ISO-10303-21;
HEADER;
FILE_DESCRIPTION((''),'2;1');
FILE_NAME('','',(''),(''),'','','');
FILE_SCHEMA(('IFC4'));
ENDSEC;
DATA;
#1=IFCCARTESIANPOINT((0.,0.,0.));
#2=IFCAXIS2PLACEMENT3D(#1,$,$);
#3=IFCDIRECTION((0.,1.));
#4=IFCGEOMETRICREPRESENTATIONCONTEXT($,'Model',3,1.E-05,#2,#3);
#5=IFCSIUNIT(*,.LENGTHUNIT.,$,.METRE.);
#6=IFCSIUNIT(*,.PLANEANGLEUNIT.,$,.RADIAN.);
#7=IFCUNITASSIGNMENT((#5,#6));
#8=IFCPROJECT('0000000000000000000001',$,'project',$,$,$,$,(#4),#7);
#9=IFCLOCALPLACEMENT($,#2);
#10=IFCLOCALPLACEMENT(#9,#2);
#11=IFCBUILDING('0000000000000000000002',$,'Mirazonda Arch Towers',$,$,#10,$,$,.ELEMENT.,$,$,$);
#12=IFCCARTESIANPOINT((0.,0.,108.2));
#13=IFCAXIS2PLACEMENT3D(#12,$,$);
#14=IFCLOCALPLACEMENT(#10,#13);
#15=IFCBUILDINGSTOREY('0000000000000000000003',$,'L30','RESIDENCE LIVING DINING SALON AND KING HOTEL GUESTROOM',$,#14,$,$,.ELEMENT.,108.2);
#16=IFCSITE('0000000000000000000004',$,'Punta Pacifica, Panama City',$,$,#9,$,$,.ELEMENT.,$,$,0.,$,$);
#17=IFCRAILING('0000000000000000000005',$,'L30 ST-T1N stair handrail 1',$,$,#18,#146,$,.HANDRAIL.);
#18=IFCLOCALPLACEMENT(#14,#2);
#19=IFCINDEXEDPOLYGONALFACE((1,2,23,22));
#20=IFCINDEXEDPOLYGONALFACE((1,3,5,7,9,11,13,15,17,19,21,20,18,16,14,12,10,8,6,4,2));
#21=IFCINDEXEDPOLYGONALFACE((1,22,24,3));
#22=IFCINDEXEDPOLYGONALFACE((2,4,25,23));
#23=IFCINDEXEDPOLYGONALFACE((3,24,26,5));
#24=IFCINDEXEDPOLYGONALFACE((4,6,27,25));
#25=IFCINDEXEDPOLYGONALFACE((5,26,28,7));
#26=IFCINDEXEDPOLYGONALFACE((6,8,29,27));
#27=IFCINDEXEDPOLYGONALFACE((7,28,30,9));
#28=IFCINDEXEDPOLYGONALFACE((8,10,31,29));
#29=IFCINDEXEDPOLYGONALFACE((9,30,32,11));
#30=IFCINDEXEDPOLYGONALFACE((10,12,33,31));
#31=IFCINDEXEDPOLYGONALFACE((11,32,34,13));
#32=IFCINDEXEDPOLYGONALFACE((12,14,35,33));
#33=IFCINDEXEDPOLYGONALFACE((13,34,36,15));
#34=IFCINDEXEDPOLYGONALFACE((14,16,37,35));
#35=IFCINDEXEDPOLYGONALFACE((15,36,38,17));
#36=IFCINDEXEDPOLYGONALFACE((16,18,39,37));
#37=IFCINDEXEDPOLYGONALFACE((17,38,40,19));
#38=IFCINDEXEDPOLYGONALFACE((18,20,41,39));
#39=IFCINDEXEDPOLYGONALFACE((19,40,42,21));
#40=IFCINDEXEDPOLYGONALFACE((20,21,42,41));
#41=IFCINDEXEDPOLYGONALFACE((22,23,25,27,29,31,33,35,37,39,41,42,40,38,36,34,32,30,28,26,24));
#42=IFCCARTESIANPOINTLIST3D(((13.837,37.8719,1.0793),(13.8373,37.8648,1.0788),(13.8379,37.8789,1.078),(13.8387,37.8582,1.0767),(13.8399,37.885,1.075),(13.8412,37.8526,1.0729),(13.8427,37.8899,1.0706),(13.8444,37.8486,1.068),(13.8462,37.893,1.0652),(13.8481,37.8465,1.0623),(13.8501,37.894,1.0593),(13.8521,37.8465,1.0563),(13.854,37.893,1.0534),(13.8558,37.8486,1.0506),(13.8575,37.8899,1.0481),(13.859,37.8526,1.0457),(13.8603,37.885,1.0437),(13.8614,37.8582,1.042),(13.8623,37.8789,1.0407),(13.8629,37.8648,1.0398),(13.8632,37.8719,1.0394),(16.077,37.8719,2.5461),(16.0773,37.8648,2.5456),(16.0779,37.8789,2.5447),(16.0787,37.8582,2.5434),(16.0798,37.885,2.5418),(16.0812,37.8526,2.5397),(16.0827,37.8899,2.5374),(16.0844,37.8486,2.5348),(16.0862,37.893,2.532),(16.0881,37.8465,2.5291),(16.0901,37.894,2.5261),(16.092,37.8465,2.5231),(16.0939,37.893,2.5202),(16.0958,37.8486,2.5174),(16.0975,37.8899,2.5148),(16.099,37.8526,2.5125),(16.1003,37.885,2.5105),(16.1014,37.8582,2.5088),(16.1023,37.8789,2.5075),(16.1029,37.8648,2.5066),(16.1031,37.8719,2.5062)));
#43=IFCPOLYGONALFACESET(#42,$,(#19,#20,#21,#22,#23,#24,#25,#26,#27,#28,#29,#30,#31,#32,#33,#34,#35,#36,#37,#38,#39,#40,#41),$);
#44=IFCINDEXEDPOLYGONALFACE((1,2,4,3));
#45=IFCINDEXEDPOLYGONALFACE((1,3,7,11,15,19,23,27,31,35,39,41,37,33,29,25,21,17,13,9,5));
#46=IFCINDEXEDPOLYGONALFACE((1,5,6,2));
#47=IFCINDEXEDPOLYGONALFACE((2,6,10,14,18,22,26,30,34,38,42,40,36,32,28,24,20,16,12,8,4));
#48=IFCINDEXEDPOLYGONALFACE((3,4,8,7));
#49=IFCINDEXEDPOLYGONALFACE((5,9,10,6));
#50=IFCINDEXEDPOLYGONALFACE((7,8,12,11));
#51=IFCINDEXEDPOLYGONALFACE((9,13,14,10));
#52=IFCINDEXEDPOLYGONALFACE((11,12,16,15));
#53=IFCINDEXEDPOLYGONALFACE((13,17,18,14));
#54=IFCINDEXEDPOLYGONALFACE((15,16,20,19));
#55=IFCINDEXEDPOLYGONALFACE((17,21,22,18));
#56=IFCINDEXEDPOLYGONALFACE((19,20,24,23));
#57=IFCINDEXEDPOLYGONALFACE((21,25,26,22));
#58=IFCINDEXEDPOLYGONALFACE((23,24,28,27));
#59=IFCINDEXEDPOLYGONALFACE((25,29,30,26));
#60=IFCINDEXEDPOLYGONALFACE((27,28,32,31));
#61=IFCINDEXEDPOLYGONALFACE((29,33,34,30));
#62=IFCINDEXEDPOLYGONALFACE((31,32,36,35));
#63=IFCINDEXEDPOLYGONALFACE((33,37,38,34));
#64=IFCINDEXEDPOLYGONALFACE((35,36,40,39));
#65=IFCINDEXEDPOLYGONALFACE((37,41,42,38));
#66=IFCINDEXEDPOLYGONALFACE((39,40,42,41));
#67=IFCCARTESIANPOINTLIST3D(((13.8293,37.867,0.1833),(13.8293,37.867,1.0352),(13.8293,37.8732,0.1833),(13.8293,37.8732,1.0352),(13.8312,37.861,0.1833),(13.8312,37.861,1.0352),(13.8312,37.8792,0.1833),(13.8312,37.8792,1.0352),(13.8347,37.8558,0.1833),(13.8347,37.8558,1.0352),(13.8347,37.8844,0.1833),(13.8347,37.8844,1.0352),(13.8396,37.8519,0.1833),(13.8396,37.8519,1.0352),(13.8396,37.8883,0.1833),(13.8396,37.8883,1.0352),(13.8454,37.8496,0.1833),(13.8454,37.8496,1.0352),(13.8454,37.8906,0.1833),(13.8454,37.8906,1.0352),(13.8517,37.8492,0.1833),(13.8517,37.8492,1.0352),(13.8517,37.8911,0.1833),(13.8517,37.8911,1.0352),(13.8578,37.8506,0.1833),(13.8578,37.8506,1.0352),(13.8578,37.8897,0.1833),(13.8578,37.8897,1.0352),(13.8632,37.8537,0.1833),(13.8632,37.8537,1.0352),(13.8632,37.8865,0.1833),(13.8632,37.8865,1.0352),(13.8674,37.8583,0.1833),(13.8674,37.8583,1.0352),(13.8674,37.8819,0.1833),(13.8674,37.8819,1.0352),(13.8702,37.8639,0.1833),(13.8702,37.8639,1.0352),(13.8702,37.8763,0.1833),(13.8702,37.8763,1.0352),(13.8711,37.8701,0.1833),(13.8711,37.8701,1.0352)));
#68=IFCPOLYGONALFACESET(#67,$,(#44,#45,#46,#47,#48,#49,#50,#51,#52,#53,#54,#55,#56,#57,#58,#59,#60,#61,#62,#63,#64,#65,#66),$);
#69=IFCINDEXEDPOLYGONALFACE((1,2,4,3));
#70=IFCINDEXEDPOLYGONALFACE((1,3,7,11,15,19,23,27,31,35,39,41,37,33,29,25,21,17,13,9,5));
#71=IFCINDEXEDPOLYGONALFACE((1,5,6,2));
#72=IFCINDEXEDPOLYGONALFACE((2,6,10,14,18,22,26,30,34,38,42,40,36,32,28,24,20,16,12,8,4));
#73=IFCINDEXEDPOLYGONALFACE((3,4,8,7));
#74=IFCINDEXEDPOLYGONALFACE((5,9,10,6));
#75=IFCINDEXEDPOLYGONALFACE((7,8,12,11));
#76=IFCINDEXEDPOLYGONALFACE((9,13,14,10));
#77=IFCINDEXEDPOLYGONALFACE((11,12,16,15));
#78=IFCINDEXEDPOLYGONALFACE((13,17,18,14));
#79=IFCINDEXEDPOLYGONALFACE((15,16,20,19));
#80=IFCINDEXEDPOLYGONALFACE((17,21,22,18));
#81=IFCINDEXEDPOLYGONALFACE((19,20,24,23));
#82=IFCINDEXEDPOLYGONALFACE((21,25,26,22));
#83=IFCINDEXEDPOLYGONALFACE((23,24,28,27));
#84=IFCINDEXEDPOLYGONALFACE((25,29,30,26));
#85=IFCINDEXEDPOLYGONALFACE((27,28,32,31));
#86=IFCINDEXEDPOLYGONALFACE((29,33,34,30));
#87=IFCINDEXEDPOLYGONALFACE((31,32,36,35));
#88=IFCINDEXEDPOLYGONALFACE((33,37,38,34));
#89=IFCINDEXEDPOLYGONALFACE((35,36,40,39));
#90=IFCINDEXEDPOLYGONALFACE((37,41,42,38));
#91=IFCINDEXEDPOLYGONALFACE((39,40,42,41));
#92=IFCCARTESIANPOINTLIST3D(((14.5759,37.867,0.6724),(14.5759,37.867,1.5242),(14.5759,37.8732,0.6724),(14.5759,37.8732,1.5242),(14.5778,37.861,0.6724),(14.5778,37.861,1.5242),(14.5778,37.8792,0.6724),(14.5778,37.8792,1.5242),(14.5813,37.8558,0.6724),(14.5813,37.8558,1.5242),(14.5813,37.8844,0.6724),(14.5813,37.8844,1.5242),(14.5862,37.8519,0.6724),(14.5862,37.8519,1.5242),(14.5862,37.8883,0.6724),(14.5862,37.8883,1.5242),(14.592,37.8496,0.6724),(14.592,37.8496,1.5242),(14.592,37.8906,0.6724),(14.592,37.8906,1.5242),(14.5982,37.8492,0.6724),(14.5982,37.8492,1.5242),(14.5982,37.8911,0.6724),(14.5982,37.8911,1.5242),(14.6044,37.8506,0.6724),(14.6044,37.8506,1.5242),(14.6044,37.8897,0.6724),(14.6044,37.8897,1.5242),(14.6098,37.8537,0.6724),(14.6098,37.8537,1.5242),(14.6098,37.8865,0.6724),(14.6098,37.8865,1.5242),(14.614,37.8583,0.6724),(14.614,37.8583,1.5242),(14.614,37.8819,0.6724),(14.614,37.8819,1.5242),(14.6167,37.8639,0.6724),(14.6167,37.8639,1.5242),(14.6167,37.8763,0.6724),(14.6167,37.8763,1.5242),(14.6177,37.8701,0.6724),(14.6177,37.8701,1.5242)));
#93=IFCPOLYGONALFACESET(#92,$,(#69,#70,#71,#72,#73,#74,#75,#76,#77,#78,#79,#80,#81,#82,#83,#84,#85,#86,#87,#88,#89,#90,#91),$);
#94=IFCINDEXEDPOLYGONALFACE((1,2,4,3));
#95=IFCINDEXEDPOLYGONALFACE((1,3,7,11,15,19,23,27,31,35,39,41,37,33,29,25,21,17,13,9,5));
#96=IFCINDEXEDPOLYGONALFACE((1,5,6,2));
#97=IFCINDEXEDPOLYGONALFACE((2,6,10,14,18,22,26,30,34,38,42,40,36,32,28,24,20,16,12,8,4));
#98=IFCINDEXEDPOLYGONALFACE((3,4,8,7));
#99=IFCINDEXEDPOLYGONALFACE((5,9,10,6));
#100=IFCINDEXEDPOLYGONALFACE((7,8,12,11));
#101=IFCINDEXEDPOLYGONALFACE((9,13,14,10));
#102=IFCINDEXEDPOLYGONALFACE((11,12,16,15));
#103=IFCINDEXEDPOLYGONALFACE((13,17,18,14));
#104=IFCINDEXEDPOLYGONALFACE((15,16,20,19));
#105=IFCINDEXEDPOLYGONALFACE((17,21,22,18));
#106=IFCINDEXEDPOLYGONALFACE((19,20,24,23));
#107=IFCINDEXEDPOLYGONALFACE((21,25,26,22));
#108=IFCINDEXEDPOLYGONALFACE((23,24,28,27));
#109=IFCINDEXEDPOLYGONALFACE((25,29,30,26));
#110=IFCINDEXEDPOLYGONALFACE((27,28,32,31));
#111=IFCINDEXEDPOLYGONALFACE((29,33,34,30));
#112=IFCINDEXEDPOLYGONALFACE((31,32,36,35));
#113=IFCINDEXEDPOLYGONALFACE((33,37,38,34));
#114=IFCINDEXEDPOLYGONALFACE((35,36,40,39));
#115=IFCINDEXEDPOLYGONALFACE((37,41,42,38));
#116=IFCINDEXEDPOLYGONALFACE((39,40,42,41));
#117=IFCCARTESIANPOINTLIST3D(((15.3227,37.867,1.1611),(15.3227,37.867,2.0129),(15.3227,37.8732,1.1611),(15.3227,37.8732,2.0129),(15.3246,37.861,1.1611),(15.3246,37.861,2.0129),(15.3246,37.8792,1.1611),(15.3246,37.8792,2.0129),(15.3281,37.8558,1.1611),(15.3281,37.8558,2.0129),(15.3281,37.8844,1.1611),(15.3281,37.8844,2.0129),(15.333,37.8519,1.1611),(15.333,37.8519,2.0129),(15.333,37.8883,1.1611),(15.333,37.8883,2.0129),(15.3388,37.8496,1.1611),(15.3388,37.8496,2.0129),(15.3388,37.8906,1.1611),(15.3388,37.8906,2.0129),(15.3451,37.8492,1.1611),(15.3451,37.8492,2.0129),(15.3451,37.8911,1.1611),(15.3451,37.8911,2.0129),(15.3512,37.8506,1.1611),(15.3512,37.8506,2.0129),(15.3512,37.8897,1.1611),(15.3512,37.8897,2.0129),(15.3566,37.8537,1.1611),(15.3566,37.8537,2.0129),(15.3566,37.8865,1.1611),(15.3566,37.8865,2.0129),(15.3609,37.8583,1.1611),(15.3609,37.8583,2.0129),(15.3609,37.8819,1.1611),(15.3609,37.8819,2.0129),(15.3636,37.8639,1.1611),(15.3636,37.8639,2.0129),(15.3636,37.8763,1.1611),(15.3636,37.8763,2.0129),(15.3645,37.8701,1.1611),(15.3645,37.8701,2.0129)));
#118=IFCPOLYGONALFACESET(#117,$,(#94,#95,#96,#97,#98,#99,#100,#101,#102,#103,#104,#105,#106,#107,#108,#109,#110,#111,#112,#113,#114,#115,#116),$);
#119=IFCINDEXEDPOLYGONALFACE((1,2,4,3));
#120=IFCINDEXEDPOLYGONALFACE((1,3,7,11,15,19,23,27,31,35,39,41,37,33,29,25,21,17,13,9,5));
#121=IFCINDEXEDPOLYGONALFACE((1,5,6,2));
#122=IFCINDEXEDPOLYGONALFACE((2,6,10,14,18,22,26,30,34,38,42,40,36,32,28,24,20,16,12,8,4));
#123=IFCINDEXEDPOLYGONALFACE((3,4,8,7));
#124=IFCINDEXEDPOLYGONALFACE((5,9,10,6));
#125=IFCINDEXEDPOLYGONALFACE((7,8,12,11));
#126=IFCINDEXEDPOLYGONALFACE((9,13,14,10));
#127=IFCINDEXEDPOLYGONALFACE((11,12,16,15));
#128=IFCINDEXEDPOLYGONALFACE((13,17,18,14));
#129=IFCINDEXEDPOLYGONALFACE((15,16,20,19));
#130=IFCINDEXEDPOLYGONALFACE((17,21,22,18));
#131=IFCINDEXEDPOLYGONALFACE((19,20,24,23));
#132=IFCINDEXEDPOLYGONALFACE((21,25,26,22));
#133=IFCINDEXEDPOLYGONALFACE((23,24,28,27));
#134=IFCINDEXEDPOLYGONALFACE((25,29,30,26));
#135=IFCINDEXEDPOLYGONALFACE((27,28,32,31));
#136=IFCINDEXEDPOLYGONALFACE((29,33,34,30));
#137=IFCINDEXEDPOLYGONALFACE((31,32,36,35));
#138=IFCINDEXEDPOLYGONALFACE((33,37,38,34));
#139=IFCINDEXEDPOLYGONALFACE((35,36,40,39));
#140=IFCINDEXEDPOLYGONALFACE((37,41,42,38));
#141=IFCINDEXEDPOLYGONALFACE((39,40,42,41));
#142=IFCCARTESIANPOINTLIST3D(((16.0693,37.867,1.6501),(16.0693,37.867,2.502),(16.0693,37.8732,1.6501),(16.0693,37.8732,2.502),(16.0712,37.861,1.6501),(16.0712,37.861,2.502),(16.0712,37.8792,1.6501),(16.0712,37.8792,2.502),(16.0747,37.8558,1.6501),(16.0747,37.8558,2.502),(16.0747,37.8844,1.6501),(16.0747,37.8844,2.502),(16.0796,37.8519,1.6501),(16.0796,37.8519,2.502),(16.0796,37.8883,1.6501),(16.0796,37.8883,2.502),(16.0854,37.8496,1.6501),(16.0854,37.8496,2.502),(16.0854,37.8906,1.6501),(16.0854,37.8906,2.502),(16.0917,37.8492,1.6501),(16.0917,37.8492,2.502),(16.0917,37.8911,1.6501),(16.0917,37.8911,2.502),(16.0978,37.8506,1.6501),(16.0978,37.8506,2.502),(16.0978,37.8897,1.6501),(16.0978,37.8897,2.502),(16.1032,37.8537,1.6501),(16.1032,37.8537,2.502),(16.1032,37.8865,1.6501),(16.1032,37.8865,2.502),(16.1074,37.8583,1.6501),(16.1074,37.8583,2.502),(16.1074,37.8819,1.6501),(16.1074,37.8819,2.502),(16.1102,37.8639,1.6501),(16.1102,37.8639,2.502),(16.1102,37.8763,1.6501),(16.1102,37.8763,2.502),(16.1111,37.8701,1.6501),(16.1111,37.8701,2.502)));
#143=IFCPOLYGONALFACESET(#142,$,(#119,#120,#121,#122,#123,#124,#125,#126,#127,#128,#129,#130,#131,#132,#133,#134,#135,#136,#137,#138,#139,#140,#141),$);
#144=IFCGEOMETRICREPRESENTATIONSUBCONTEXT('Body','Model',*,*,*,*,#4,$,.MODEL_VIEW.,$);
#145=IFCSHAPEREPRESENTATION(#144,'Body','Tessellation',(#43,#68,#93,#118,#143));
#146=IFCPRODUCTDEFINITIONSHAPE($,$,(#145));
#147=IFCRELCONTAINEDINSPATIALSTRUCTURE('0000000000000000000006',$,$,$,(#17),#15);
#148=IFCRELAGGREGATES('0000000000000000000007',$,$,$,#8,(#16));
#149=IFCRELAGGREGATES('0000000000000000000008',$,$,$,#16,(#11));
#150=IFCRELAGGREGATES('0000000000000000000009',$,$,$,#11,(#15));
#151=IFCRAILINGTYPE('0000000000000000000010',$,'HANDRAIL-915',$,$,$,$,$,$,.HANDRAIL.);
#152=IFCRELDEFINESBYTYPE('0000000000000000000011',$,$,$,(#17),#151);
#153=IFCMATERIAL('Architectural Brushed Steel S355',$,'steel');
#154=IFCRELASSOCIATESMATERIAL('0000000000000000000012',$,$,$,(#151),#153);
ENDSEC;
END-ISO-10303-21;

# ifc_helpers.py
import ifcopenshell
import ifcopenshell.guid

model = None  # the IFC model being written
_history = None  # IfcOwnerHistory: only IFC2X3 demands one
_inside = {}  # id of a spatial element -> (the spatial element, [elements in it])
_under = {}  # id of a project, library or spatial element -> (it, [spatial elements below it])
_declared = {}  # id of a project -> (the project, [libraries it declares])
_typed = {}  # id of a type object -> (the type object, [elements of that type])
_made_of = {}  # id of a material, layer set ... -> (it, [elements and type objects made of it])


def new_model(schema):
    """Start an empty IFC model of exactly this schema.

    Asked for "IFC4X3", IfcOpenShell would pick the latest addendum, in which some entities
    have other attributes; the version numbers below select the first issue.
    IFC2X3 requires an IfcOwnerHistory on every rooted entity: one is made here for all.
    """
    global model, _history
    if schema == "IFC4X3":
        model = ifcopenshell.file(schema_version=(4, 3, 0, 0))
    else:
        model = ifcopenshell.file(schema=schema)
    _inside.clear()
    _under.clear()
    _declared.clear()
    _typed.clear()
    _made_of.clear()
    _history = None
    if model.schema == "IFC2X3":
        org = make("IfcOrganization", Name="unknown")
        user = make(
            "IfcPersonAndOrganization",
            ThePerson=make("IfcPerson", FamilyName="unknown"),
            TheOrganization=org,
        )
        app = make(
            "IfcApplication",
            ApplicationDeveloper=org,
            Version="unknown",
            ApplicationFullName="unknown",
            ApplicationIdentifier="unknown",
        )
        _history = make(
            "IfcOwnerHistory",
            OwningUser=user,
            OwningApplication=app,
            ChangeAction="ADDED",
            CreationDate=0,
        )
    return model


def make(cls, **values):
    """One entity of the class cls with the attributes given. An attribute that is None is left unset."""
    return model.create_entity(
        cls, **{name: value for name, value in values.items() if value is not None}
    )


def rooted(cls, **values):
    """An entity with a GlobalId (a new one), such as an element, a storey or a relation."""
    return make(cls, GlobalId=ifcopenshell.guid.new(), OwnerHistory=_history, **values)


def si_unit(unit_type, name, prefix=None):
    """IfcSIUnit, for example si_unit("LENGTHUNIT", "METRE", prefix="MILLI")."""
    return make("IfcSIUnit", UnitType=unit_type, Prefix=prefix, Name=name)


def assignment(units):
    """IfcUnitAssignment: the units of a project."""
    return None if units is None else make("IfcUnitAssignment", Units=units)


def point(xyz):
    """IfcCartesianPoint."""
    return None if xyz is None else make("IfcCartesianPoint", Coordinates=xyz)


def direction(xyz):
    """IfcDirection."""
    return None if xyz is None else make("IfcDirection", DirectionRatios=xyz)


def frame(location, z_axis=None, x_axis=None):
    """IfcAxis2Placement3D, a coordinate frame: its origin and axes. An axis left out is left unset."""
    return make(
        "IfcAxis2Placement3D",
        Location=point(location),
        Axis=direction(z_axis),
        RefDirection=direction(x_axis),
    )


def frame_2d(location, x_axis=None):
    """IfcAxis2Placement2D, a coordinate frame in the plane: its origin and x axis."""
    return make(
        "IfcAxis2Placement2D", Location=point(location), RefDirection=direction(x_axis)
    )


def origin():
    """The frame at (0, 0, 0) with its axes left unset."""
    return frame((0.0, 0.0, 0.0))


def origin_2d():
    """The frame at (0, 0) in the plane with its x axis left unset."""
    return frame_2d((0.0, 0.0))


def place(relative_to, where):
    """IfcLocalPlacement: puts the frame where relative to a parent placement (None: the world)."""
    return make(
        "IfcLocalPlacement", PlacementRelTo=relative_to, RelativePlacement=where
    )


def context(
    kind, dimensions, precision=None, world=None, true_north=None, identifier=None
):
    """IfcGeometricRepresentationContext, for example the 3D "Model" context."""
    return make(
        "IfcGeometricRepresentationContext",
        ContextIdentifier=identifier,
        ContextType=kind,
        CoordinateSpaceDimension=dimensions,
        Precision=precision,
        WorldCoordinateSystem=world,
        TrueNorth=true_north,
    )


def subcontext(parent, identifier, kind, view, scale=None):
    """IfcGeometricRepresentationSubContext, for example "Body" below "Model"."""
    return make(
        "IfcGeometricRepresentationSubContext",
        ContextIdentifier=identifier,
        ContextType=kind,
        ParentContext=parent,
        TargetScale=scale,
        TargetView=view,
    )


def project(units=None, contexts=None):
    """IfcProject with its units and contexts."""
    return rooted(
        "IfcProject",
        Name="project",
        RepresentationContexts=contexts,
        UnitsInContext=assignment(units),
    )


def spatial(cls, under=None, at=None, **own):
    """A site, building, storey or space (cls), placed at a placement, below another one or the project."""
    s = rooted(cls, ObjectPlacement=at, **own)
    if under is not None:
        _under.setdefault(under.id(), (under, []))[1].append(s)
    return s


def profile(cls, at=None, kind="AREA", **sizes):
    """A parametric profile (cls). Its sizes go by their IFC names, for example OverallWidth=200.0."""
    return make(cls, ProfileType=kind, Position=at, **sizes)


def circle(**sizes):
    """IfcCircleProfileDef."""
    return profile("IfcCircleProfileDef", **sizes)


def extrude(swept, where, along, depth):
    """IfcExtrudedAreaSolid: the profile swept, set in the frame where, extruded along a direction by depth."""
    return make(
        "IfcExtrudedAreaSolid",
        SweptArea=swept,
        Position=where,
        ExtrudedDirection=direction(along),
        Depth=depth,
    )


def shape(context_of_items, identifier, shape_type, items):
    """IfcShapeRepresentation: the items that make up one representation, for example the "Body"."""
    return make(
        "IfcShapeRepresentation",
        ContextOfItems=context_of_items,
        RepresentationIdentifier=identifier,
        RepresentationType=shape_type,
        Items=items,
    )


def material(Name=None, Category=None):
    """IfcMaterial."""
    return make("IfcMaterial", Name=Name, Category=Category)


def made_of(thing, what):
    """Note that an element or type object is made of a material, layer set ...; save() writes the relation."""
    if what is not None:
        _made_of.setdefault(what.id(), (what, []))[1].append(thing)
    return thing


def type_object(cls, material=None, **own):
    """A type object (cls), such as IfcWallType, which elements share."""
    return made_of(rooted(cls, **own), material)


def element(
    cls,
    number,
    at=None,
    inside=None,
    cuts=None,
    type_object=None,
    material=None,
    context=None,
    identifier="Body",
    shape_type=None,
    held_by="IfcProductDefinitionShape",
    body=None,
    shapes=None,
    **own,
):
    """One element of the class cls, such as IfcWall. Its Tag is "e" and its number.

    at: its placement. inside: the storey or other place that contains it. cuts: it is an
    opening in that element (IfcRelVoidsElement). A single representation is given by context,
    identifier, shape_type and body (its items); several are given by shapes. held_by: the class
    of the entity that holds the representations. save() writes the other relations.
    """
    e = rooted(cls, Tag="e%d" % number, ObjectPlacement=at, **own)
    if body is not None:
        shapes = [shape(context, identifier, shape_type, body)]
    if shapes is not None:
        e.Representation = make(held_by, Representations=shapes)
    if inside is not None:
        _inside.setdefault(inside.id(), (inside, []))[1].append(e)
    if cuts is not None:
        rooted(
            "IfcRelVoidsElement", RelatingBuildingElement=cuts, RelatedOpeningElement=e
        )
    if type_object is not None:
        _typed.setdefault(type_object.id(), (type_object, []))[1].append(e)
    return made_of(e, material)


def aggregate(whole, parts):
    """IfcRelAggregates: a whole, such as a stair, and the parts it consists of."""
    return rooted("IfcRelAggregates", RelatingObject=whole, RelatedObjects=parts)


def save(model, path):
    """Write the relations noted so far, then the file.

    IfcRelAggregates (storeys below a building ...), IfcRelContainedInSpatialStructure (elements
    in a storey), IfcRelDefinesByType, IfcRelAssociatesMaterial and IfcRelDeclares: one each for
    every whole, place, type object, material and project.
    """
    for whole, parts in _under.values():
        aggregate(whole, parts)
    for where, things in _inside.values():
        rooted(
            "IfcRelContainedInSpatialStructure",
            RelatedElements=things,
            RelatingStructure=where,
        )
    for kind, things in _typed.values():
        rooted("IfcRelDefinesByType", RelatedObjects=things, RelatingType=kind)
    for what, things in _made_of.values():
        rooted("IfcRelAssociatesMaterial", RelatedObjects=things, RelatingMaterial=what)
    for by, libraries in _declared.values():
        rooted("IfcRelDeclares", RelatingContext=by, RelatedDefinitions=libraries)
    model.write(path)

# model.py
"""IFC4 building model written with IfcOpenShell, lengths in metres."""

from ifc_helpers import new_model, si_unit, direction, frame, origin, origin_2d, place, context, subcontext, project, spatial, circle, extrude, material, type_object, element, save


model = new_model("IFC4")

# Units and contexts
model_context = context("Model", 3, precision=1e-05, world=origin(), true_north=direction((0.0, 1.0)))
body_context = subcontext(model_context, "Body", "Model", "MODEL_VIEW")
ifc_project = project(units=[si_unit("LENGTHUNIT", "METRE"), si_unit("PLANEANGLEUNIT", "RADIAN")], contexts=[model_context])

# Site, building, storey
site_placement = place(None, origin())
site = spatial("IfcSite", under=ifc_project, at=site_placement, Name="Punta Pacifica, Panama City", CompositionType="ELEMENT", RefElevation=0.0)
building_placement = place(site_placement, origin())
building = spatial("IfcBuilding", under=site, at=building_placement, Name="Mirazonda Arch Towers", CompositionType="ELEMENT")
storey_placement = place(building_placement, frame((0.0, 0.0, 108.2)))
storey = spatial("IfcBuildingStorey", under=building, at=storey_placement, Name="L30", Description="RESIDENCE LIVING DINING SALON AND KING HOTEL GUESTROOM", CompositionType="ELEMENT", Elevation=108.2)

# Shared definitions
ifc_material_1 = material(Name="Architectural Brushed Steel S355", Category="steel")

# Railing
railing_type_1 = type_object("IfcRailingType", Name="HANDRAIL-915", PredefinedType="HANDRAIL", material=ifc_material_1)
railing_1_placement = place(storey_placement, frame((13.8501, 37.8701, 0.1833)))
element("IfcRailing", 1, at=railing_1_placement, inside=storey, type_object=railing_type_1, Name="L30 ST-T1N stair handrail 1", PredefinedType="HANDRAIL", context=body_context, shape_type="SweptSolid", body=[
    extrude(circle(Radius=0.0239, at=origin_2d()), frame((0.0, 0.0, 0.876), z_axis=(0.836595, 0.0, 0.547822), x_axis=(0.0, 1.0, 0.0)), (0.0, 0.0, 1.0), 2.6775),
    extrude(circle(Radius=0.021, at=origin_2d()), origin(), (0.0, 0.0, 1.0), 0.8518),
    extrude(circle(Radius=0.021, at=origin_2d()), frame((0.7466, 0.0, 0.489)), (0.0, 0.0, 1.0), 0.8518),
    extrude(circle(Radius=0.021, at=origin_2d()), frame((1.4934, 0.0, 0.9778)), (0.0, 0.0, 1.0), 0.8518),
    extrude(circle(Radius=0.021, at=origin_2d()), frame((2.24, 0.0, 1.4668)), (0.0, 0.0, 1.0), 0.8518),
])

save(model, "model.ifc")
